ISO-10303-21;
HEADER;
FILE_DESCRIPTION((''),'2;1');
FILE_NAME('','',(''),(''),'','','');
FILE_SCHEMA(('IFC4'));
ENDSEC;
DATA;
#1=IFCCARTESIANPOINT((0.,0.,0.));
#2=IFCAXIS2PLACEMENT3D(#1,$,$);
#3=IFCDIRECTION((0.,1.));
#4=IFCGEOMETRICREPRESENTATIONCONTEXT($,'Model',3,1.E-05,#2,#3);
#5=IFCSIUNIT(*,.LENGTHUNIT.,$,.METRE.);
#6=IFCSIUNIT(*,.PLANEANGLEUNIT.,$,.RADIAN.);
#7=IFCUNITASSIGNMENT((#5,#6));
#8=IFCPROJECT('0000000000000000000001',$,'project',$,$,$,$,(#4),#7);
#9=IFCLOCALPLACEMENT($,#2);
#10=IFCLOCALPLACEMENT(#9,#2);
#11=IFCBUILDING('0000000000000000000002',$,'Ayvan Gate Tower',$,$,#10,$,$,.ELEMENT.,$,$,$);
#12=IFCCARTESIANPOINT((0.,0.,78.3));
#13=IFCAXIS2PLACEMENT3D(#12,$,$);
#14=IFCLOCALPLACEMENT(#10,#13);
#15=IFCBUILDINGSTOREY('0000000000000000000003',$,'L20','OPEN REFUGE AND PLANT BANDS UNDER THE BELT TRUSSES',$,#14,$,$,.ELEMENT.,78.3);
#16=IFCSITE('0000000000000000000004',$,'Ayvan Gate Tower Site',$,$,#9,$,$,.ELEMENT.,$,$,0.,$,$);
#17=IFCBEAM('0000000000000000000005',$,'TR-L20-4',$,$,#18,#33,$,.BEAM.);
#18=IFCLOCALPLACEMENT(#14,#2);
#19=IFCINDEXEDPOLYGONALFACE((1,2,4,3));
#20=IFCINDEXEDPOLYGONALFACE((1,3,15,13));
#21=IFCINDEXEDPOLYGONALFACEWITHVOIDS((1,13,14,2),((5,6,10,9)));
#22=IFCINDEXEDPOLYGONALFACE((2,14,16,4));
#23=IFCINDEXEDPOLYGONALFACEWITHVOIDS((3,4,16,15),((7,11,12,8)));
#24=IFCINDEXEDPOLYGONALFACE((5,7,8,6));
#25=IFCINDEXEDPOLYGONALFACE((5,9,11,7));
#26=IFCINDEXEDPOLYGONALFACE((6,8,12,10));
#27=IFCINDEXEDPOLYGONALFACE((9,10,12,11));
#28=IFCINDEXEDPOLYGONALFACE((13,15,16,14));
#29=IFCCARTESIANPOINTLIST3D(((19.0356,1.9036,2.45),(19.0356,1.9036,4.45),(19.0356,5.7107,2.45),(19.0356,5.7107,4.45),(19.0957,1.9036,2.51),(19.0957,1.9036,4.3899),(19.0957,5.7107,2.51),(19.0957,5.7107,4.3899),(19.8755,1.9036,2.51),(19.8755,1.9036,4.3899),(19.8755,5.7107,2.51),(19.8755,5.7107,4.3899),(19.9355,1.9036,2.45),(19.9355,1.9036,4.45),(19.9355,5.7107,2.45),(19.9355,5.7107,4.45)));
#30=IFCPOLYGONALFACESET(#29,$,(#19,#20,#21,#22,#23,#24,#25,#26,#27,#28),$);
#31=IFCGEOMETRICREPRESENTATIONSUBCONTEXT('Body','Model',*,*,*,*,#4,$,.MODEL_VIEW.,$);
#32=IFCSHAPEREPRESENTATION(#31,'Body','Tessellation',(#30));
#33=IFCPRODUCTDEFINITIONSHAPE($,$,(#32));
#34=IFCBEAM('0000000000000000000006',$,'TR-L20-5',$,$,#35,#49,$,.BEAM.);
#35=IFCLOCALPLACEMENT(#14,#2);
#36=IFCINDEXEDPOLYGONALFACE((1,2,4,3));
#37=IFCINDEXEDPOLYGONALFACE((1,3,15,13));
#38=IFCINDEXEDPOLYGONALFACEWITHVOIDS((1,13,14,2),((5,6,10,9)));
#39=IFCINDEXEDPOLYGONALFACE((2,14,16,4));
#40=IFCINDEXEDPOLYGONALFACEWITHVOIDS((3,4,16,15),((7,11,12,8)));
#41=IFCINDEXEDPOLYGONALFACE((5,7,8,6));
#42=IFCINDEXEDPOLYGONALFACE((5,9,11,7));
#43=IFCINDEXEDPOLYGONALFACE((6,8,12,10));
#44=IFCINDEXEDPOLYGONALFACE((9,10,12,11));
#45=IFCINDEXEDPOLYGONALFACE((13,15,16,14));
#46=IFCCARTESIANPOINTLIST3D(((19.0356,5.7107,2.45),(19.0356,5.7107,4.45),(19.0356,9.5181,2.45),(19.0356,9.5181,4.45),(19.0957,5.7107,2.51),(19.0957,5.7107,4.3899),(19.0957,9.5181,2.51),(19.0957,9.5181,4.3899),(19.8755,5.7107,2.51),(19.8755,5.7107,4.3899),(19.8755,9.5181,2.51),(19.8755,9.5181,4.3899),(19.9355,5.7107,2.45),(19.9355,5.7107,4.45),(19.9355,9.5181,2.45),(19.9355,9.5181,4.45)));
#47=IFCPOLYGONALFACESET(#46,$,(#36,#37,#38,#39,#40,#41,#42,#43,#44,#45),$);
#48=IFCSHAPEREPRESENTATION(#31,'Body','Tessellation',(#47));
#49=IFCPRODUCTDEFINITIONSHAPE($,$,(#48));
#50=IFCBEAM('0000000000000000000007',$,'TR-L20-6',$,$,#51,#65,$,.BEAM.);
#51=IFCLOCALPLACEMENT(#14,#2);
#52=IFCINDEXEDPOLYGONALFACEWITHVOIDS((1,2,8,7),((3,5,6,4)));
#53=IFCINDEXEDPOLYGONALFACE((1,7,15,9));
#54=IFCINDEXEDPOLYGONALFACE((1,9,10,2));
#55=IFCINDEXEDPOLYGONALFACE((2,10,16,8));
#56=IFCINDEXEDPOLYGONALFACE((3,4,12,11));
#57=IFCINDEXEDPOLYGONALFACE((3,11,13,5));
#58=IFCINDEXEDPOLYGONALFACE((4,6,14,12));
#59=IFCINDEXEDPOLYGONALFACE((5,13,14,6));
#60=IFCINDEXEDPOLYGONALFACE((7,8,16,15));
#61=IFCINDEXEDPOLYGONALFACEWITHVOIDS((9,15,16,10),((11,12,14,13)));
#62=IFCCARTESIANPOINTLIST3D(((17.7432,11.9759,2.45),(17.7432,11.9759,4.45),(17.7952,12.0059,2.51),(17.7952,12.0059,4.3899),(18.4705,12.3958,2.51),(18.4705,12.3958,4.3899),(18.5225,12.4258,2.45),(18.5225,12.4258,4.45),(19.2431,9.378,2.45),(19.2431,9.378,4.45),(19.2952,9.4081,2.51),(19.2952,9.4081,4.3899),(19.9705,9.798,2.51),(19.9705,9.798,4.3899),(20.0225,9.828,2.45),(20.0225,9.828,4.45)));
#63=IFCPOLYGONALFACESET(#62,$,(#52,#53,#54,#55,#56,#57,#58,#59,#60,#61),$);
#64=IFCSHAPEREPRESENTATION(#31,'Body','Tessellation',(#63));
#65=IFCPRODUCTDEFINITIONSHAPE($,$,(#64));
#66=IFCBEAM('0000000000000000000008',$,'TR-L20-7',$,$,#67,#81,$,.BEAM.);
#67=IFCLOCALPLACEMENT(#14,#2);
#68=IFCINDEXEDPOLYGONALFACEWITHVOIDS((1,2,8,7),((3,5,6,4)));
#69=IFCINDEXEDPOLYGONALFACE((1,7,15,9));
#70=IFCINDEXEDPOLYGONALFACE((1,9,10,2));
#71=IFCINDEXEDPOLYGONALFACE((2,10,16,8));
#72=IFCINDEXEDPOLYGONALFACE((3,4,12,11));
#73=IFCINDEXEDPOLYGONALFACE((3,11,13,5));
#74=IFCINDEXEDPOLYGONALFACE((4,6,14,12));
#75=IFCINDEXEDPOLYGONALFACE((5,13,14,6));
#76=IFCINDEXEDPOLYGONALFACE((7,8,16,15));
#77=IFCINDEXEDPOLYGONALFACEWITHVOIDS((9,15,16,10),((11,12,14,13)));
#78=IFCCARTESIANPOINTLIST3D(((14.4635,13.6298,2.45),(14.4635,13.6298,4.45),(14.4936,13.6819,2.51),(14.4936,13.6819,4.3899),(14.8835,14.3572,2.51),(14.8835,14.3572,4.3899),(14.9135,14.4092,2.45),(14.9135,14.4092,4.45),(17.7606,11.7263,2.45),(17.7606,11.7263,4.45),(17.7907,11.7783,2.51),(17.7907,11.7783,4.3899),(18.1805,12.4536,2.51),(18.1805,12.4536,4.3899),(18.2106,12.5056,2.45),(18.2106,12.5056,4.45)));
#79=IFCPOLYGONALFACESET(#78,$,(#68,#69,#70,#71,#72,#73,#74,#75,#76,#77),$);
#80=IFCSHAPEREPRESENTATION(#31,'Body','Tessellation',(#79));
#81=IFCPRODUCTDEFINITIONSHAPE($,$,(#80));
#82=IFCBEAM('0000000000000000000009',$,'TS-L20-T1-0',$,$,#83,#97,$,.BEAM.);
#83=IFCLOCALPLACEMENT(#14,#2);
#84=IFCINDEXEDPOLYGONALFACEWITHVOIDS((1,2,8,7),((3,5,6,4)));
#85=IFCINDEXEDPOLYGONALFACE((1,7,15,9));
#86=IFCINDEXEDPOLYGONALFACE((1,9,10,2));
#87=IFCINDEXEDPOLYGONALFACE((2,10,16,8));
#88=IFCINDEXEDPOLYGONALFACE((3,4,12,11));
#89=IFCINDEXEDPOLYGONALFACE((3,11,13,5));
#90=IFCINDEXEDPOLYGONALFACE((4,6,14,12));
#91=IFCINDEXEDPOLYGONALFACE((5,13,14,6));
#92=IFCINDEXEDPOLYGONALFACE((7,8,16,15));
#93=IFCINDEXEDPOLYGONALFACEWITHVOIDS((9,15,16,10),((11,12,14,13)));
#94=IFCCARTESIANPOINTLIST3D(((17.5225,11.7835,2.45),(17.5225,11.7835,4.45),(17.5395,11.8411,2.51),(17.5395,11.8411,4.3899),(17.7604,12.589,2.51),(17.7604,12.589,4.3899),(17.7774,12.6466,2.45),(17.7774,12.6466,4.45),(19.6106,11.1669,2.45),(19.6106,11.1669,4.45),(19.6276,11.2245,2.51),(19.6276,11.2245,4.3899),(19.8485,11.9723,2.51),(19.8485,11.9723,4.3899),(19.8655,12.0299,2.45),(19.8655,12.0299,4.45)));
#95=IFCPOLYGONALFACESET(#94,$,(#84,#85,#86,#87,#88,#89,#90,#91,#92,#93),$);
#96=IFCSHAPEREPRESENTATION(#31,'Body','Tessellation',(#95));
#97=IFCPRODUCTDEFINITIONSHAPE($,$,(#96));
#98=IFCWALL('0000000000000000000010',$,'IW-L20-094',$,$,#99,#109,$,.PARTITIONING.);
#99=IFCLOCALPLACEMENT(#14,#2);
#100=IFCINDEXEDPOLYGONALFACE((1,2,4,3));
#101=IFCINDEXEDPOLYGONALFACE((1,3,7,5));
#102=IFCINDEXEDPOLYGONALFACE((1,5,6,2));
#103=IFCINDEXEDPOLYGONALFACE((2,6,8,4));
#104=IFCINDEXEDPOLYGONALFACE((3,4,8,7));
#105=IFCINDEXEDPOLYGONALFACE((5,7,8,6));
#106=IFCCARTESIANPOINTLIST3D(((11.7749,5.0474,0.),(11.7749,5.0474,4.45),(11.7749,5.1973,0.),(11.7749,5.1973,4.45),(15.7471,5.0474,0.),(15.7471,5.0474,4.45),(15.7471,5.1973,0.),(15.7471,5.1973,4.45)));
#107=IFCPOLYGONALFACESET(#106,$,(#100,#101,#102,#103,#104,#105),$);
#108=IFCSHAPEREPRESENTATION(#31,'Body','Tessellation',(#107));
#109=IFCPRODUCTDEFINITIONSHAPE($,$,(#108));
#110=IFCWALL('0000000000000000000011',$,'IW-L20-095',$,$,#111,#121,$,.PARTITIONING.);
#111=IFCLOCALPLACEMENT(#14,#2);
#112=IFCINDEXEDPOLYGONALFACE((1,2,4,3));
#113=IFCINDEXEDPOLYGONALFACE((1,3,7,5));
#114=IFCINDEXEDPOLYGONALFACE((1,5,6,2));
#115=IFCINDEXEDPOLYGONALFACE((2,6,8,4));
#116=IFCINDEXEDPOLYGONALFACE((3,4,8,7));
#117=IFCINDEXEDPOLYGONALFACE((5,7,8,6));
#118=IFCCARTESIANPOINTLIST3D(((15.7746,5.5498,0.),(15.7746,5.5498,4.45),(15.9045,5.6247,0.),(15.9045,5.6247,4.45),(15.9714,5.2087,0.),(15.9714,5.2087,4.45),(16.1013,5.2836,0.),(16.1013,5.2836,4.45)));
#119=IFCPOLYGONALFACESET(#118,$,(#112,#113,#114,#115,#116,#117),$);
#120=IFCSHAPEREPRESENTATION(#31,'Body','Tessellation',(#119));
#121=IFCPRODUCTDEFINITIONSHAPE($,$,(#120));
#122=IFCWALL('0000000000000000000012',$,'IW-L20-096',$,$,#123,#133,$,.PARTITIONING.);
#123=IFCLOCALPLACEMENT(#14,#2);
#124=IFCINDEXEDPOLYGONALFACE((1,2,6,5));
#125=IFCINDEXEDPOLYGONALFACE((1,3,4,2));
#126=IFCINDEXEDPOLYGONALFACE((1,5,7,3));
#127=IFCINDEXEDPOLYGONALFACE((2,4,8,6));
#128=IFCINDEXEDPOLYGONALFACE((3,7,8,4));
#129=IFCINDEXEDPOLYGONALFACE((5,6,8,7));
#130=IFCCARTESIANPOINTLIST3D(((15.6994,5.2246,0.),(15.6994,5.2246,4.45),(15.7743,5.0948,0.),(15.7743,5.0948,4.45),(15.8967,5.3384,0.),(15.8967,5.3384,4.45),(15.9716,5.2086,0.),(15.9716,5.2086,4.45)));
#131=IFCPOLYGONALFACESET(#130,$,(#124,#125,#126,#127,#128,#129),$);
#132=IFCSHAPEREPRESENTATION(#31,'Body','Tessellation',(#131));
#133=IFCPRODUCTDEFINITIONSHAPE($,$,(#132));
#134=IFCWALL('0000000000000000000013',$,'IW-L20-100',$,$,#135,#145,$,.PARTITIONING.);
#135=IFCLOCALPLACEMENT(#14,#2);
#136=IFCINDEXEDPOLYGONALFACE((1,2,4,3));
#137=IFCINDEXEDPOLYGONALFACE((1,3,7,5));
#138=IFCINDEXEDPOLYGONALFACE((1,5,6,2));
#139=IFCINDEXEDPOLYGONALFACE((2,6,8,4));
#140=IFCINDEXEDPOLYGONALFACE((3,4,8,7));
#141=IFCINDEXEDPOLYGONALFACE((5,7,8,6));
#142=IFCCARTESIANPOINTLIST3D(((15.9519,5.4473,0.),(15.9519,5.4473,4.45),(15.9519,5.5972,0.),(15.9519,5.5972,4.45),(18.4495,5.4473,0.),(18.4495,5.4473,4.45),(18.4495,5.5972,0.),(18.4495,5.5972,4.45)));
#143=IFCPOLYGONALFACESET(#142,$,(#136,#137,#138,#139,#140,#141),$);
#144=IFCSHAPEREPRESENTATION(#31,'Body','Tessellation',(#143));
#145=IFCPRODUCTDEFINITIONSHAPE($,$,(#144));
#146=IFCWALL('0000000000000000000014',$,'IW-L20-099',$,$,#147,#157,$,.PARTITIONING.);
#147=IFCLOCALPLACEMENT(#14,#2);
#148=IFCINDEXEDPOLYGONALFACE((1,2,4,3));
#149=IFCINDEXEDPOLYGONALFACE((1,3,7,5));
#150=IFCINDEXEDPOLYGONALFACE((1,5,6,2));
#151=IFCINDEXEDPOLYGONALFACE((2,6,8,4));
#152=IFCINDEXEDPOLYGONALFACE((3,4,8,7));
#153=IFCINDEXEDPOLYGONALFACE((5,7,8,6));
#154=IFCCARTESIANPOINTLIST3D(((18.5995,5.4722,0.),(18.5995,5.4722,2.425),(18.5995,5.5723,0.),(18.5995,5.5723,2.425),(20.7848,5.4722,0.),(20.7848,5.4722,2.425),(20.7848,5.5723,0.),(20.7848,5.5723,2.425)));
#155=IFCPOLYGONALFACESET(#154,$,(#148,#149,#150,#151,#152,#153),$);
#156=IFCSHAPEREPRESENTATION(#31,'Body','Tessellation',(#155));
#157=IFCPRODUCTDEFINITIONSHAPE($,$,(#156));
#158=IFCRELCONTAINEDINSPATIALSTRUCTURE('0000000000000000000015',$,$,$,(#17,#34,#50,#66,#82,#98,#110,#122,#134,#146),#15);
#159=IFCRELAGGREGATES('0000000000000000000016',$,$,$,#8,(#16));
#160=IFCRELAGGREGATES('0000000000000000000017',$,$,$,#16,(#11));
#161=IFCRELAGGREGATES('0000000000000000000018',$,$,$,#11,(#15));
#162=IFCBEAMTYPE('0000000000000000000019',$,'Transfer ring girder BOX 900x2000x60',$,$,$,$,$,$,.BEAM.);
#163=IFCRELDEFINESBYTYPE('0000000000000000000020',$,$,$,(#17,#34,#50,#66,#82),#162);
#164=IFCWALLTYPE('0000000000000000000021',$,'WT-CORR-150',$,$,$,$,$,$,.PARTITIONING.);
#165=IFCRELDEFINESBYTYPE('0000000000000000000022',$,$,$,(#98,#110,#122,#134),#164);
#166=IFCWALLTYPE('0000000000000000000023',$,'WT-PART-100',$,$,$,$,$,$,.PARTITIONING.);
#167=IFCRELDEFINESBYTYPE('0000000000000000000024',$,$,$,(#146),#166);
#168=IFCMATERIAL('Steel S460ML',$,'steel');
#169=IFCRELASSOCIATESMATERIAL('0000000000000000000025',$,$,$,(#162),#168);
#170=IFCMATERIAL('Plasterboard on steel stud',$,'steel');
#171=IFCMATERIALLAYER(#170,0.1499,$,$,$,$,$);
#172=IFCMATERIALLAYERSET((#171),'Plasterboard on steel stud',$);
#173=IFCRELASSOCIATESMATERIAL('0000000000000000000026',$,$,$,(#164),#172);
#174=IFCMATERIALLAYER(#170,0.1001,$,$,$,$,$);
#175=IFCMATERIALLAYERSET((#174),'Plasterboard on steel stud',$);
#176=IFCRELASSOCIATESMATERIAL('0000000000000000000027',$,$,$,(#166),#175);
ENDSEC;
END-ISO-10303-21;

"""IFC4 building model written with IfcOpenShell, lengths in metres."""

from ifc_helpers import new_model, si_unit, direction, frame, frame_2d, origin, origin_2d, place, context, subcontext, project, spatial, rectangle, hollow_rectangle, extrude, material, layer, layer_set, material_profile, profile_set, type_object, element, save


model = new_model("IFC4")

# Units and contexts
model_context = context("Model", 3, precision=1e-05, world=origin(), true_north=direction((0.0, 1.0)))
body_context = subcontext(model_context, "Body", "Model", "MODEL_VIEW")
ifc_project = project(units=[si_unit("LENGTHUNIT", "METRE"), si_unit("PLANEANGLEUNIT", "RADIAN")], contexts=[model_context])

# Site, building, storey
site_placement = place(None, origin())
site = spatial("IfcSite", under=ifc_project, at=site_placement, Name="Ayvan Gate Tower Site", CompositionType="ELEMENT", RefElevation=0.0)
building_placement = place(site_placement, origin())
building = spatial("IfcBuilding", under=site, at=building_placement, Name="Ayvan Gate Tower", CompositionType="ELEMENT")
storey_placement = place(building_placement, frame((0.0, 0.0, 78.3)))
storey = spatial("IfcBuildingStorey", under=building, at=storey_placement, Name="L20", Description="OPEN REFUGE AND PLANT BANDS UNDER THE BELT TRUSSES", CompositionType="ELEMENT", Elevation=78.3)

# Shared definitions
ifc_material_1 = material(Name="Steel S460ML", Category="steel")

# Beams
ifc_material_profile_1 = material_profile(ifc_material_1, hollow_rectangle(XDim=0.8999, YDim=2.0, WallThickness=0.0601, at=origin_2d()), Name="BOX 900x2000x60")
ifc_profile_set_1 = profile_set([ifc_material_profile_1], Name="Steel S460ML")
beam_type_1 = type_object("IfcBeamType", Name="Transfer ring girder BOX 900x2000x60", PredefinedType="BEAM", material=ifc_profile_set_1)
beam_1_placement = place(storey_placement, frame((19.4856, 1.9036, 3.45), z_axis=(0.0, 1.0, 0.0), x_axis=(-1.0, 0.0, 0.0)))
element("IfcBeam", 1, at=beam_1_placement, inside=storey, type_object=beam_type_1, Name="TR-L20-4", PredefinedType="BEAM", context=body_context, shape_type="SweptSolid", body=[
    extrude(hollow_rectangle(XDim=0.8999, YDim=2.0, WallThickness=0.0601, at=origin_2d()), origin(), (0.0, 0.0, 1.0), 3.8071),
])
beam_2_placement = place(storey_placement, frame((19.4856, 5.7107, 3.45), z_axis=(0.0, 1.0, 0.0), x_axis=(-1.0, 0.0, 0.0)))
element("IfcBeam", 2, at=beam_2_placement, inside=storey, type_object=beam_type_1, Name="TR-L20-5", PredefinedType="BEAM", context=body_context, shape_type="SweptSolid", body=[
    extrude(hollow_rectangle(XDim=0.8999, YDim=2.0, WallThickness=0.0601, at=origin_2d()), origin(), (0.0, 0.0, 1.0), 3.8074),
])
beam_3_placement = place(storey_placement, frame((19.6328, 9.603, 3.45), z_axis=(-0.500025, 0.866011, 0.0), x_axis=(-0.866011, -0.500025, 0.0)))
element("IfcBeam", 3, at=beam_3_placement, inside=storey, type_object=beam_type_1, Name="TR-L20-6", PredefinedType="BEAM", context=body_context, shape_type="SweptSolid", body=[
    extrude(hollow_rectangle(XDim=0.8999, YDim=2.0, WallThickness=0.0601, at=origin_2d()), origin(), (0.0, 0.0, 1.0), 2.9998),
])
beam_4_placement = place(storey_placement, frame((17.9856, 12.116, 3.45), z_axis=(-0.866029, 0.499994, 0.0), x_axis=(-0.499994, -0.866029, 0.0)))
element("IfcBeam", 4, at=beam_4_placement, inside=storey, type_object=beam_type_1, Name="TR-L20-7", PredefinedType="BEAM", context=body_context, shape_type="SweptSolid", body=[
    extrude(hollow_rectangle(XDim=0.8999, YDim=2.0, WallThickness=0.0601, at=origin_2d()), origin(), (0.0, 0.0, 1.0), 3.8071),
])
beam_5_placement = place(storey_placement, frame((19.738, 11.5984, 3.45), z_axis=(-0.959049, 0.283241, 0.0), x_axis=(-0.283241, -0.959049, 0.0)))
element("IfcBeam", 5, at=beam_5_placement, inside=storey, type_object=beam_type_1, Name="TS-L20-T1-0", PredefinedType="BEAM", context=body_context, shape_type="SweptSolid", body=[
    extrude(hollow_rectangle(XDim=0.8999, YDim=2.0, WallThickness=0.0601, at=origin_2d()), origin(), (0.0, 0.0, 1.0), 2.1772),
])

# Walls
ifc_material_2 = material(Name="Plasterboard on steel stud", Category="steel")
ifc_layer_1 = layer(ifc_material_2, 0.1499)
ifc_layer_set_1 = layer_set([ifc_layer_1], Name="Plasterboard on steel stud")
wall_type_1 = type_object("IfcWallType", Name="WT-CORR-150", PredefinedType="PARTITIONING", material=ifc_layer_set_1)
wall_1_placement = place(storey_placement, frame((15.7471, 5.1223, 0.0), z_axis=(0.0, 0.0, 1.0), x_axis=(-1.0, 0.0, 0.0)))
element("IfcWall", 6, at=wall_1_placement, inside=storey, type_object=wall_type_1, Name="IW-L20-094", PredefinedType="PARTITIONING", context=body_context, shape_type="SweptSolid", body=[
    extrude(rectangle(XDim=3.9722, YDim=0.1499, at=frame_2d((1.9861, 0.0))), origin(), (0.0, 0.0, 1.0), 4.45),
])
wall_2_placement = place(storey_placement, frame((15.8396, 5.5872, 0.0), z_axis=(0.0, 0.0, 1.0), x_axis=(0.49974, -0.866175, 0.0)))
element("IfcWall", 7, at=wall_2_placement, inside=storey, type_object=wall_type_1, Name="IW-L20-095", PredefinedType="PARTITIONING", context=body_context, shape_type="SweptSolid", body=[
    extrude(rectangle(XDim=0.3938, YDim=0.1499, at=frame_2d((0.1968, 0.0))), origin(), (0.0, 0.0, 1.0), 4.45),
])
wall_3_placement = place(storey_placement, frame((15.9341, 5.2734, 0.0), z_axis=(0.0, 0.0, 1.0), x_axis=(-0.866257, -0.499599, 0.0)))
element("IfcWall", 8, at=wall_3_placement, inside=storey, type_object=wall_type_1, Name="IW-L20-096", PredefinedType="PARTITIONING", context=body_context, shape_type="SweptSolid", body=[
    extrude(rectangle(XDim=0.2278, YDim=0.1499, at=frame_2d((0.1138, 0.0))), origin(), (0.0, 0.0, 1.0), 4.45),
])
wall_4_placement = place(storey_placement, frame((18.4495, 5.5222, 0.0), z_axis=(0.0, 0.0, 1.0), x_axis=(-1.0, 0.0, 0.0)))
element("IfcWall", 9, at=wall_4_placement, inside=storey, type_object=wall_type_1, Name="IW-L20-100", PredefinedType="PARTITIONING", context=body_context, shape_type="SweptSolid", body=[
    extrude(rectangle(XDim=2.4976, YDim=0.1499, at=frame_2d((1.2488, 0.0))), origin(), (0.0, 0.0, 1.0), 4.45),
])
ifc_layer_2 = layer(ifc_material_2, 0.1001)
ifc_layer_set_2 = layer_set([ifc_layer_2], Name="Plasterboard on steel stud")
wall_type_2 = type_object("IfcWallType", Name="WT-PART-100", PredefinedType="PARTITIONING", material=ifc_layer_set_2)
wall_5_placement = place(storey_placement, frame((18.5994, 5.5222, 0.0), z_axis=(0.0, 0.0, 1.0), x_axis=(1.0, 0.0, 0.0)))
element("IfcWall", 10, at=wall_5_placement, inside=storey, type_object=wall_type_2, Name="IW-L20-099", PredefinedType="PARTITIONING", context=body_context, shape_type="SweptSolid", body=[
    extrude(rectangle(XDim=2.1853, YDim=0.1001, at=frame_2d((1.0928, 0.0))), origin(), (0.0, 0.0, 1.0), 2.425),
])

save(model, "model.ifc")
